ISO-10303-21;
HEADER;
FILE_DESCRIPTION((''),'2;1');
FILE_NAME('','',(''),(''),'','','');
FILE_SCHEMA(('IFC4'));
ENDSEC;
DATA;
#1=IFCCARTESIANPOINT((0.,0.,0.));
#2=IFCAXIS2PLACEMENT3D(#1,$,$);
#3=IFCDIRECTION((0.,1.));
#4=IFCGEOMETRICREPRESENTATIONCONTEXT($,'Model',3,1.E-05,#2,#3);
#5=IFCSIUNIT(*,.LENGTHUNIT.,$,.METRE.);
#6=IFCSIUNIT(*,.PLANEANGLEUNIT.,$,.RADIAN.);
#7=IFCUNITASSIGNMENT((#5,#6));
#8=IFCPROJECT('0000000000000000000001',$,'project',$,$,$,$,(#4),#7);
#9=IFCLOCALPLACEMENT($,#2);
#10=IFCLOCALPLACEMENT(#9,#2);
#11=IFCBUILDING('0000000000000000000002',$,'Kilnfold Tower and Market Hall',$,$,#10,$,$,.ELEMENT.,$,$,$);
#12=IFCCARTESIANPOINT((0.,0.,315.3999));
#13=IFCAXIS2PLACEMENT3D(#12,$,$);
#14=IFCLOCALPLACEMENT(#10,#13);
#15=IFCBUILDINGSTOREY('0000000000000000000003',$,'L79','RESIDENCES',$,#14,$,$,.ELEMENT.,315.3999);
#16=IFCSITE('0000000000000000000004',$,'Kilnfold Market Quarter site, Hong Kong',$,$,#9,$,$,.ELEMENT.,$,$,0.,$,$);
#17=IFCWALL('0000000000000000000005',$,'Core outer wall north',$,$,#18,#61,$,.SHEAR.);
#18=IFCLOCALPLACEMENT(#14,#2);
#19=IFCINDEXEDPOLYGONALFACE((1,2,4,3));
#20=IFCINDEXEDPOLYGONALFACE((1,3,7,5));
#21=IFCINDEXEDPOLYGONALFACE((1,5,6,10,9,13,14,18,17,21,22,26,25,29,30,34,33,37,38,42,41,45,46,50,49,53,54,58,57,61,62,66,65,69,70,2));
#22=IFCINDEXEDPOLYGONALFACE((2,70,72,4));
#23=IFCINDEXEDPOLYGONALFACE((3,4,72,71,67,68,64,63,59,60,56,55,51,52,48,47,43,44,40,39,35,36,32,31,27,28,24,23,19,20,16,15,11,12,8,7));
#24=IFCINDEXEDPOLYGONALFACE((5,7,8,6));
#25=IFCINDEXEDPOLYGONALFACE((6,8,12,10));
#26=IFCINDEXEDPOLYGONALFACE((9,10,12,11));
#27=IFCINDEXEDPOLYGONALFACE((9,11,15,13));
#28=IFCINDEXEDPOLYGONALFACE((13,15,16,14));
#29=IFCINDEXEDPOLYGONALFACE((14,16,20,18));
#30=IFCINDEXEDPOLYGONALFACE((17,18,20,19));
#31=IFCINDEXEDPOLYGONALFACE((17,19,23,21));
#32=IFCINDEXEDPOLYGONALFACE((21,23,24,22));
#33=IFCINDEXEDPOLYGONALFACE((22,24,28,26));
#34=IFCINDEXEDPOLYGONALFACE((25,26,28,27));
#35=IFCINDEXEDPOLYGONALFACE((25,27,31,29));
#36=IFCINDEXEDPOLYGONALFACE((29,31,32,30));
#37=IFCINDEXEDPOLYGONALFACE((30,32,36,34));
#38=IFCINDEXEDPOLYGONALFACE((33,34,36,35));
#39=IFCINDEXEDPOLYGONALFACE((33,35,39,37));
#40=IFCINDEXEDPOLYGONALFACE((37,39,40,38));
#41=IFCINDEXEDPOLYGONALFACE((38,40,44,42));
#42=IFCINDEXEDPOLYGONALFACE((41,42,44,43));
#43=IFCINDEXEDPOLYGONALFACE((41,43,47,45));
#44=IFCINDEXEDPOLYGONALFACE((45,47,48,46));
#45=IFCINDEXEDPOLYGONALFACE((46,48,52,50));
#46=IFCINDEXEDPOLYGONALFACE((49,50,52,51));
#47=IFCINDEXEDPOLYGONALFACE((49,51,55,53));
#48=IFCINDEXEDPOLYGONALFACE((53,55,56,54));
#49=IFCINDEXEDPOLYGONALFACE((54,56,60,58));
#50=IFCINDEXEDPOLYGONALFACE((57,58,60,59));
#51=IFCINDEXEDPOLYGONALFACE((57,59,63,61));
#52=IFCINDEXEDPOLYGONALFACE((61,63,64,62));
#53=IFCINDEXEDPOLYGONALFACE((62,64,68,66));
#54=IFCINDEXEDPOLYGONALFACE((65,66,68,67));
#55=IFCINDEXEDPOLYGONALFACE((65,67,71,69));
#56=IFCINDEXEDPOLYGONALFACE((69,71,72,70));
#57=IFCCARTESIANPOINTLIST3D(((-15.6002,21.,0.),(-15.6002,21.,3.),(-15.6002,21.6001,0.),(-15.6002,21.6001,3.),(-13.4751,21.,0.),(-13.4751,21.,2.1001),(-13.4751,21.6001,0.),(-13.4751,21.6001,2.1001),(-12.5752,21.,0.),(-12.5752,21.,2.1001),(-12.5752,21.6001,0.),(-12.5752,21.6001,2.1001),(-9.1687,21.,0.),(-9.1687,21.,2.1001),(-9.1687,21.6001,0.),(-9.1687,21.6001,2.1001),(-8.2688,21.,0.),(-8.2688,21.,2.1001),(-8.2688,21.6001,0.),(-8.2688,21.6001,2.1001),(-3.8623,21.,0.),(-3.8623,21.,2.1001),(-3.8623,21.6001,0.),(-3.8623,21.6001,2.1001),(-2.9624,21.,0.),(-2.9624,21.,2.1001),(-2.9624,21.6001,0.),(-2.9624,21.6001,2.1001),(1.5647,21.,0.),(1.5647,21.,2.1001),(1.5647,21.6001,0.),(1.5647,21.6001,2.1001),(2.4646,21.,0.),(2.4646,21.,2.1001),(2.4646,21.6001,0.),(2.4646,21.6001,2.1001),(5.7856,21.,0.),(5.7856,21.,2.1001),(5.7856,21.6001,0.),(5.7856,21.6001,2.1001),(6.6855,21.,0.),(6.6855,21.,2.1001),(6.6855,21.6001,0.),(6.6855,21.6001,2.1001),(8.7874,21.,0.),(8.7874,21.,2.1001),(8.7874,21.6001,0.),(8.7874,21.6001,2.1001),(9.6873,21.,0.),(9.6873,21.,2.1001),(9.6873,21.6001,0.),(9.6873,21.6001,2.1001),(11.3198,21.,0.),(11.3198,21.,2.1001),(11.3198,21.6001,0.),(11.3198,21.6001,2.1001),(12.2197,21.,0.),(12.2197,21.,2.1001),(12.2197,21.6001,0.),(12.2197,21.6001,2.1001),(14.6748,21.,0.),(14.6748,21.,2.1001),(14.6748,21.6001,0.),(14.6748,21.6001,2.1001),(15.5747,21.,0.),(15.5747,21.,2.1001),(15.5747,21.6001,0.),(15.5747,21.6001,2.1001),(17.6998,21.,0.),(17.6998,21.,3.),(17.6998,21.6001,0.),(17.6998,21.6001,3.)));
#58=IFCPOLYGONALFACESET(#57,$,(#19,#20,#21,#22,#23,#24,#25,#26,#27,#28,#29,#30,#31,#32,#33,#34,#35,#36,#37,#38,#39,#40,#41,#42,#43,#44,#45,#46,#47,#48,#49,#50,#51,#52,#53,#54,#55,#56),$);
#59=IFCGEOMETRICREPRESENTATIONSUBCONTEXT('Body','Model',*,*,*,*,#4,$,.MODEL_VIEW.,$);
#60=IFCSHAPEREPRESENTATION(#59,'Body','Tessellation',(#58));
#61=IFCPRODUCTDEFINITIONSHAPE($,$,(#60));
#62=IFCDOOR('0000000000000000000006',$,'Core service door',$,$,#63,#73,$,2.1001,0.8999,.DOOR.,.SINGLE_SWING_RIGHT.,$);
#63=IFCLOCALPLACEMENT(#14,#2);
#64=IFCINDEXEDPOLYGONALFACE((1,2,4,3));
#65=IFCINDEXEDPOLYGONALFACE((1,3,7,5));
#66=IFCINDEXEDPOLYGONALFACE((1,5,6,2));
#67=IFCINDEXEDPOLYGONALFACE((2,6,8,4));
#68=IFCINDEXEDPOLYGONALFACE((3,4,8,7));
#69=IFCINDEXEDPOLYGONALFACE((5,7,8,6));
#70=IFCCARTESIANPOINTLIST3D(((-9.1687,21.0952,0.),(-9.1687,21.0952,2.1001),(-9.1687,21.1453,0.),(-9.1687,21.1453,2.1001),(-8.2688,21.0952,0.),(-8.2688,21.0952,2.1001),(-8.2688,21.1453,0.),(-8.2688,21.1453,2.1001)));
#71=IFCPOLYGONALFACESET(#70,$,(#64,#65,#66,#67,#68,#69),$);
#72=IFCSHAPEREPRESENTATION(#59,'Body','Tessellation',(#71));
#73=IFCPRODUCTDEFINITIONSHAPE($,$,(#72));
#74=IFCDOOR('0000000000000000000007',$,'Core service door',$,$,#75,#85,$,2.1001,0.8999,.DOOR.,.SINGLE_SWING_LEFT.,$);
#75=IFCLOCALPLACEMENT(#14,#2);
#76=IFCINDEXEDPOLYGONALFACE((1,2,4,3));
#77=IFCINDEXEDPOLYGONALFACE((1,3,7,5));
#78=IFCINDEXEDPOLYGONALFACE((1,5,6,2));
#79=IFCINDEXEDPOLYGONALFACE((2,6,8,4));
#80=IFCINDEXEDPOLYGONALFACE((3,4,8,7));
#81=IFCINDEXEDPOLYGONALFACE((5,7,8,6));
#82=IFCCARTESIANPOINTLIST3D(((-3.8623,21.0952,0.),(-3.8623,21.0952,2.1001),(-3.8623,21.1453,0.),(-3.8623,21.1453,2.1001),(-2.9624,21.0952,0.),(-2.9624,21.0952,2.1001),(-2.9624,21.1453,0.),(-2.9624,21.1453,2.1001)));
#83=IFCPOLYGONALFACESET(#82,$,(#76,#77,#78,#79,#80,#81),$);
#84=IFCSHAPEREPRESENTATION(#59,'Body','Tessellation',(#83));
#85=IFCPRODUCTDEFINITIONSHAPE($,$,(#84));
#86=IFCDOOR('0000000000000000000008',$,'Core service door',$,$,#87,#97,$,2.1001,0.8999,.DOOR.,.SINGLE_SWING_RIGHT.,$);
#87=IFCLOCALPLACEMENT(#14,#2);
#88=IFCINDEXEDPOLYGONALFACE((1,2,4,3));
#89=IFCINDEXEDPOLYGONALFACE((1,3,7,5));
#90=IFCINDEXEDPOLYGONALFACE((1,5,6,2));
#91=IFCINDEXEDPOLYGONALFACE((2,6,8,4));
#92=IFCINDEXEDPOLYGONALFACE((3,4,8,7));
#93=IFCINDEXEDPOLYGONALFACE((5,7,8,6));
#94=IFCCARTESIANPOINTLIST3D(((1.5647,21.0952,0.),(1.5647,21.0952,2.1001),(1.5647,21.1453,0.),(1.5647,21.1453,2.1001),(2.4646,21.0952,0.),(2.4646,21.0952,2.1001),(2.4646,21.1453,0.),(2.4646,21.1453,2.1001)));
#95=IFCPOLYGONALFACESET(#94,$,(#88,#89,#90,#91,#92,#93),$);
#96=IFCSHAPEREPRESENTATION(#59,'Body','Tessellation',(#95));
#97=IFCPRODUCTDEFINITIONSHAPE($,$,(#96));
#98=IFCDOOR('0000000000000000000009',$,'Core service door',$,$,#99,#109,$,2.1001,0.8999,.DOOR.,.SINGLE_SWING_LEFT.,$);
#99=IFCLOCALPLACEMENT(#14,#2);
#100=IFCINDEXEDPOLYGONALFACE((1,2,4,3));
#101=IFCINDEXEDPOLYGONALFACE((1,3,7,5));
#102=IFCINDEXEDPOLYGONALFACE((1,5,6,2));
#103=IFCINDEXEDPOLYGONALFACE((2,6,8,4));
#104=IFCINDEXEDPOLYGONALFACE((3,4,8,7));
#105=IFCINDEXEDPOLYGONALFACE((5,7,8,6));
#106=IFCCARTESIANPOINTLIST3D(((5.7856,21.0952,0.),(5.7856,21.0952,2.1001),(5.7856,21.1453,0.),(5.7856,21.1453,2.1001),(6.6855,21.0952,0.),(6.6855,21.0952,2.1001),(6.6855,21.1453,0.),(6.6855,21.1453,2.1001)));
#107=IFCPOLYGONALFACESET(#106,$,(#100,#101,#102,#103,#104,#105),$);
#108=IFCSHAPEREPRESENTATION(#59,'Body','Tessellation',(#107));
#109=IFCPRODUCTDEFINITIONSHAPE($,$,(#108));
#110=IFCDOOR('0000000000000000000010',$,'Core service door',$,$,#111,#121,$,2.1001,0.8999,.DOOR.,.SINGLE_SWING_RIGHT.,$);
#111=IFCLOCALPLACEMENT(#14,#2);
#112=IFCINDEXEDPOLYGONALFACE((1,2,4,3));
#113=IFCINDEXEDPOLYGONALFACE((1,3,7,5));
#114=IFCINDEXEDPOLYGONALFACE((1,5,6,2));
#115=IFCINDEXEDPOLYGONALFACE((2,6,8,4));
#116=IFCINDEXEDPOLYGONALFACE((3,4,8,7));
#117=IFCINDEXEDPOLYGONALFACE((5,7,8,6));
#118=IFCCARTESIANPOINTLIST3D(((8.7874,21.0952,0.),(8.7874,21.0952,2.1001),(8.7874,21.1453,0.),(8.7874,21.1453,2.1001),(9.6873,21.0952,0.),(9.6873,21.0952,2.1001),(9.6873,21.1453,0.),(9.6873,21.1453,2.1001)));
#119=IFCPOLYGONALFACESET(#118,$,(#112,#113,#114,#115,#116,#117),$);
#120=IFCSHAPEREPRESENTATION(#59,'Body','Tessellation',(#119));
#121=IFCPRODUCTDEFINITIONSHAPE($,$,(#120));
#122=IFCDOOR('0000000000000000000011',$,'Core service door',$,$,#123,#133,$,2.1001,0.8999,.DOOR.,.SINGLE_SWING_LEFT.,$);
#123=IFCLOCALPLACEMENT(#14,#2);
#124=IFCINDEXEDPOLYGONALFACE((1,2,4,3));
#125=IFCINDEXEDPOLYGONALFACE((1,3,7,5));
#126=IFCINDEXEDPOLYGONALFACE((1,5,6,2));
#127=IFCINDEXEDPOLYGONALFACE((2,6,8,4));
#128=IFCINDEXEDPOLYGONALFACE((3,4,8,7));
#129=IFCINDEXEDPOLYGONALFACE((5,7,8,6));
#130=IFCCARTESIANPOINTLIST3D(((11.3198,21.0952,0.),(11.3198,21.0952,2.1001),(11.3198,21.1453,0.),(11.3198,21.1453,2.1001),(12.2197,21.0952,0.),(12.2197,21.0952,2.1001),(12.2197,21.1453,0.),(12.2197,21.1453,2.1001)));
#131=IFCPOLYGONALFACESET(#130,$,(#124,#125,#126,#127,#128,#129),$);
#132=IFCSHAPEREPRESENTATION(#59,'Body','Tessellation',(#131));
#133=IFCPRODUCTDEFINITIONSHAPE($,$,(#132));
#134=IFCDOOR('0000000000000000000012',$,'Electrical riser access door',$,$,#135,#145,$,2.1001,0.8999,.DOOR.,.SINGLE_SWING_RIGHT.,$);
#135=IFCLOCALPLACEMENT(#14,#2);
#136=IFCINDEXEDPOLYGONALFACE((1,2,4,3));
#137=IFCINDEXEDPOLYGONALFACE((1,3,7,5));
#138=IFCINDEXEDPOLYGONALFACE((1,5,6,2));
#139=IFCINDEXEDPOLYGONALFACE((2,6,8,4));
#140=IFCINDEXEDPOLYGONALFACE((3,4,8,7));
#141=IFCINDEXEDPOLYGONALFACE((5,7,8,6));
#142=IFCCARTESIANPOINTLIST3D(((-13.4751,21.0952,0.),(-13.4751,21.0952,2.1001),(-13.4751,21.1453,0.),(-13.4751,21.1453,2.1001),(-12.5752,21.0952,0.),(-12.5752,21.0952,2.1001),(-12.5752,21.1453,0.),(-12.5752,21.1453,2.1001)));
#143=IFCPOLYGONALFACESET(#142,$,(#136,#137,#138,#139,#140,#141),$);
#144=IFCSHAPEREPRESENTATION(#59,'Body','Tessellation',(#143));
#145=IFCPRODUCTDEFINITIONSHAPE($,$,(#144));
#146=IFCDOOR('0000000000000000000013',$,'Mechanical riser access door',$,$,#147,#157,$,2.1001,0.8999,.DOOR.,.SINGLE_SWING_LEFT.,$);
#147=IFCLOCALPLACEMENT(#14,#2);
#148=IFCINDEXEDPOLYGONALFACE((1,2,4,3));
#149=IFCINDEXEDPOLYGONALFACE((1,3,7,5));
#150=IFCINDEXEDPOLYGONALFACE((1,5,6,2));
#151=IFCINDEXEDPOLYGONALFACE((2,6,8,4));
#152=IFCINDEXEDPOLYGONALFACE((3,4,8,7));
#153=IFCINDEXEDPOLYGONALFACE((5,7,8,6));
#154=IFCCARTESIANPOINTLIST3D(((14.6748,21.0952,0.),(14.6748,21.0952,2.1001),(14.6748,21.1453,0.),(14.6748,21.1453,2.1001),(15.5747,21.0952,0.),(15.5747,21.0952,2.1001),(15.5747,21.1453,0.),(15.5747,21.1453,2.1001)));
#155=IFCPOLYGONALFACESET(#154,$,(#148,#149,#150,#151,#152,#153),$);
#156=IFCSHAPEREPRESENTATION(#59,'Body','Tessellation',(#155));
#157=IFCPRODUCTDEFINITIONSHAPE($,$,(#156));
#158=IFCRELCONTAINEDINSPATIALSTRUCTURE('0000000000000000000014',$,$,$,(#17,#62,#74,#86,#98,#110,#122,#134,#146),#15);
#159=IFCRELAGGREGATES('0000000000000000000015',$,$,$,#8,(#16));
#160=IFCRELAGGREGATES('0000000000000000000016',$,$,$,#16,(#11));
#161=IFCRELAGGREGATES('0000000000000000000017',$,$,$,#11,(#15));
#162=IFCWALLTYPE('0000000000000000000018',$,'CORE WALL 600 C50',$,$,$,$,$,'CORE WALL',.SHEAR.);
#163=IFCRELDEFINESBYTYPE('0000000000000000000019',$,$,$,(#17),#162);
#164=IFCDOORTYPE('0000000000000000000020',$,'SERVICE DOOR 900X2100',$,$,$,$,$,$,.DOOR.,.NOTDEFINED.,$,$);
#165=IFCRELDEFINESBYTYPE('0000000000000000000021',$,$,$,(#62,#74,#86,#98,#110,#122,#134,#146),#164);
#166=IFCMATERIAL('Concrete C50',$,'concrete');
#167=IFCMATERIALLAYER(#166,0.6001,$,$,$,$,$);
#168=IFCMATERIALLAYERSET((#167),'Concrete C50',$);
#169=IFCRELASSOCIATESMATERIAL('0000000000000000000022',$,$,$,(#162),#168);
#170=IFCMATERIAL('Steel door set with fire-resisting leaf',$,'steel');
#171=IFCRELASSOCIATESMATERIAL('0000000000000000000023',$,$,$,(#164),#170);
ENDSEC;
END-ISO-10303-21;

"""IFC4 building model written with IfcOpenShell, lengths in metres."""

from ifc_helpers import new_model, si_unit, direction, frame, frame_2d, origin, place, context, subcontext, project, spatial, rectangle, extrude, source, transform, mapped, material, layer, layer_set, type_object, element, fill, save


model = new_model("IFC4")

# Units and contexts
model_context = context("Model", 3, precision=1e-05, world=origin(), true_north=direction((0.0, 1.0)))
body_context = subcontext(model_context, "Body", "Model", "MODEL_VIEW")
ifc_project = project(units=[si_unit("LENGTHUNIT", "METRE"), si_unit("PLANEANGLEUNIT", "RADIAN")], contexts=[model_context])

# Site, building, storey
site_placement = place(None, origin())
site = spatial("IfcSite", under=ifc_project, at=site_placement, Name="Kilnfold Market Quarter site, Hong Kong", CompositionType="ELEMENT", RefElevation=0.0)
building_placement = place(site_placement, origin())
building = spatial("IfcBuilding", under=site, at=building_placement, Name="Kilnfold Tower and Market Hall", CompositionType="ELEMENT")
storey_placement = place(building_placement, frame((0.0, 0.0, 315.3999)))
storey = spatial("IfcBuildingStorey", under=building, at=storey_placement, Name="L79", Description="RESIDENCES", CompositionType="ELEMENT", Elevation=315.3999)

# Shared definitions
ifc_material_1 = material(Name="Concrete C50", Category="concrete")
ifc_layer_1 = layer(ifc_material_1, 0.6001)
ifc_layer_set_1 = layer_set([ifc_layer_1], Name="Concrete C50")
wall_type_1 = type_object("IfcWallType", Name="CORE WALL 600 C50", ElementType="CORE WALL", PredefinedType="SHEAR", material=ifc_layer_set_1)

# Wall, openings, doors
shared_shape_1 = source(origin(), body_context, "Body", "SweptSolid", [
    extrude(rectangle(XDim=33.3, YDim=0.6001, at=frame_2d((16.6499, 0.0))), origin(), (0.0, 0.0, 1.0), 3.0),
])
wall_1_placement = place(storey_placement, frame((-15.6001, 21.3, 0.0), z_axis=(0.0, 0.0, 1.0), x_axis=(1.0, 0.0, 0.0)))
wall_1 = element("IfcWall", 1, at=wall_1_placement, inside=storey, type_object=wall_type_1, Name="Core outer wall north", PredefinedType="SHEAR", context=body_context, shape_type="MappedRepresentation", body=[
    mapped(shared_shape_1, transform((0.0, 0.0, 0.0))),
])
opening_1_placement = place(wall_1_placement, frame((6.4314, 0.0, 0.0)))
opening_1 = element("IfcOpeningElement", 2, at=opening_1_placement, cuts=wall_1, PredefinedType="OPENING", context=body_context, shape_type="SweptSolid", body=[
    extrude(rectangle(XDim=0.8999, YDim=2.1001, at=frame_2d((0.45, 1.05))), frame((0.0, 0.3101, 0.0), z_axis=(0.0, -1.0, 0.0), x_axis=(1.0, 0.0, 0.0)), (0.0, 0.0, 1.0), 0.6201),
])
opening_2_placement = place(wall_1_placement, frame((11.7378, 0.0, 0.0)))
opening_2 = element("IfcOpeningElement", 3, at=opening_2_placement, cuts=wall_1, PredefinedType="OPENING", context=body_context, shape_type="SweptSolid", body=[
    extrude(rectangle(XDim=0.8999, YDim=2.1001, at=frame_2d((0.45, 1.05))), frame((0.0, 0.3101, 0.0), z_axis=(0.0, -1.0, 0.0), x_axis=(1.0, 0.0, 0.0)), (0.0, 0.0, 1.0), 0.6201),
])
opening_3_placement = place(wall_1_placement, frame((17.1648, 0.0, 0.0)))
opening_3 = element("IfcOpeningElement", 4, at=opening_3_placement, cuts=wall_1, PredefinedType="OPENING", context=body_context, shape_type="SweptSolid", body=[
    extrude(rectangle(XDim=0.8999, YDim=2.1001, at=frame_2d((0.45, 1.05))), frame((0.0, 0.3101, 0.0), z_axis=(0.0, -1.0, 0.0), x_axis=(1.0, 0.0, 0.0)), (0.0, 0.0, 1.0), 0.6201),
])
opening_4_placement = place(wall_1_placement, frame((21.3857, 0.0, 0.0)))
opening_4 = element("IfcOpeningElement", 5, at=opening_4_placement, cuts=wall_1, PredefinedType="OPENING", context=body_context, shape_type="SweptSolid", body=[
    extrude(rectangle(XDim=0.8999, YDim=2.1001, at=frame_2d((0.45, 1.05))), frame((0.0, 0.3101, 0.0), z_axis=(0.0, -1.0, 0.0), x_axis=(1.0, 0.0, 0.0)), (0.0, 0.0, 1.0), 0.6201),
])
opening_5_placement = place(wall_1_placement, frame((24.3875, 0.0, 0.0)))
opening_5 = element("IfcOpeningElement", 6, at=opening_5_placement, cuts=wall_1, PredefinedType="OPENING", context=body_context, shape_type="SweptSolid", body=[
    extrude(rectangle(XDim=0.8999, YDim=2.1001, at=frame_2d((0.45, 1.05))), frame((0.0, 0.3101, 0.0), z_axis=(0.0, -1.0, 0.0), x_axis=(1.0, 0.0, 0.0)), (0.0, 0.0, 1.0), 0.6201),
])
opening_6_placement = place(wall_1_placement, frame((26.9199, 0.0, 0.0)))
opening_6 = element("IfcOpeningElement", 7, at=opening_6_placement, cuts=wall_1, PredefinedType="OPENING", context=body_context, shape_type="SweptSolid", body=[
    extrude(rectangle(XDim=0.8999, YDim=2.1001, at=frame_2d((0.45, 1.05))), frame((0.0, 0.3101, 0.0), z_axis=(0.0, -1.0, 0.0), x_axis=(1.0, 0.0, 0.0)), (0.0, 0.0, 1.0), 0.6201),
])
opening_7_placement = place(wall_1_placement, frame((2.125, 0.0, 0.0)))
opening_7 = element("IfcOpeningElement", 8, at=opening_7_placement, cuts=wall_1, PredefinedType="OPENING", context=body_context, shape_type="SweptSolid", body=[
    extrude(rectangle(XDim=0.8999, YDim=2.1001, at=frame_2d((0.45, 1.05))), frame((0.0, 0.3101, 0.0), z_axis=(0.0, -1.0, 0.0), x_axis=(1.0, 0.0, 0.0)), (0.0, 0.0, 1.0), 0.6201),
])
opening_8_placement = place(wall_1_placement, frame((30.2749, 0.0, 0.0)))
opening_8 = element("IfcOpeningElement", 9, at=opening_8_placement, cuts=wall_1, PredefinedType="OPENING", context=body_context, shape_type="SweptSolid", body=[
    extrude(rectangle(XDim=0.8999, YDim=2.1001, at=frame_2d((0.45, 1.05))), frame((0.0, 0.3101, 0.0), z_axis=(0.0, -1.0, 0.0), x_axis=(1.0, 0.0, 0.0)), (0.0, 0.0, 1.0), 0.6201),
])
ifc_material_2 = material(Name="Steel door set with fire-resisting leaf", Category="steel")
door_type_1 = type_object("IfcDoorType", Name="SERVICE DOOR 900X2100", OperationType="NOTDEFINED", PredefinedType="DOOR", material=ifc_material_2)
door_1_placement = place(opening_1_placement, origin())
door_1 = element("IfcDoor", 10, at=door_1_placement, inside=storey, type_object=door_type_1, Name="Core service door", OperationType="SINGLE_SWING_RIGHT", OverallHeight=2.1001, OverallWidth=0.8999, PredefinedType="DOOR", context=body_context, shape_type="SweptSolid", body=[
    extrude(rectangle(XDim=0.8999, YDim=2.1001, at=frame_2d((0.45, 1.05))), frame((0.0, -0.1548, 0.0), z_axis=(0.0, -1.0, 0.0), x_axis=(1.0, 0.0, 0.0)), (0.0, 0.0, 1.0), 0.05),
])
fill(opening_1, door_1)
door_2_placement = place(opening_2_placement, origin())
door_2 = element("IfcDoor", 11, at=door_2_placement, inside=storey, type_object=door_type_1, Name="Core service door", OperationType="SINGLE_SWING_LEFT", OverallHeight=2.1001, OverallWidth=0.8999, PredefinedType="DOOR", context=body_context, shape_type="SweptSolid", body=[
    extrude(rectangle(XDim=0.8999, YDim=2.1001, at=frame_2d((0.45, 1.05))), frame((0.0, -0.1548, 0.0), z_axis=(0.0, -1.0, 0.0), x_axis=(1.0, 0.0, 0.0)), (0.0, 0.0, 1.0), 0.05),
])
fill(opening_2, door_2)
door_3_placement = place(opening_3_placement, origin())
door_3 = element("IfcDoor", 12, at=door_3_placement, inside=storey, type_object=door_type_1, Name="Core service door", OperationType="SINGLE_SWING_RIGHT", OverallHeight=2.1001, OverallWidth=0.8999, PredefinedType="DOOR", context=body_context, shape_type="SweptSolid", body=[
    extrude(rectangle(XDim=0.8999, YDim=2.1001, at=frame_2d((0.45, 1.05))), frame((0.0, -0.1548, 0.0), z_axis=(0.0, -1.0, 0.0), x_axis=(1.0, 0.0, 0.0)), (0.0, 0.0, 1.0), 0.05),
])
fill(opening_3, door_3)
door_4_placement = place(opening_4_placement, origin())
door_4 = element("IfcDoor", 13, at=door_4_placement, inside=storey, type_object=door_type_1, Name="Core service door", OperationType="SINGLE_SWING_LEFT", OverallHeight=2.1001, OverallWidth=0.8999, PredefinedType="DOOR", context=body_context, shape_type="SweptSolid", body=[
    extrude(rectangle(XDim=0.8999, YDim=2.1001, at=frame_2d((0.45, 1.05))), frame((0.0, -0.1548, 0.0), z_axis=(0.0, -1.0, 0.0), x_axis=(1.0, 0.0, 0.0)), (0.0, 0.0, 1.0), 0.05),
])
fill(opening_4, door_4)
door_5_placement = place(opening_5_placement, origin())
door_5 = element("IfcDoor", 14, at=door_5_placement, inside=storey, type_object=door_type_1, Name="Core service door", OperationType="SINGLE_SWING_RIGHT", OverallHeight=2.1001, OverallWidth=0.8999, PredefinedType="DOOR", context=body_context, shape_type="SweptSolid", body=[
    extrude(rectangle(XDim=0.8999, YDim=2.1001, at=frame_2d((0.45, 1.05))), frame((0.0, -0.1548, 0.0), z_axis=(0.0, -1.0, 0.0), x_axis=(1.0, 0.0, 0.0)), (0.0, 0.0, 1.0), 0.05),
])
fill(opening_5, door_5)
door_6_placement = place(opening_6_placement, origin())
door_6 = element("IfcDoor", 15, at=door_6_placement, inside=storey, type_object=door_type_1, Name="Core service door", OperationType="SINGLE_SWING_LEFT", OverallHeight=2.1001, OverallWidth=0.8999, PredefinedType="DOOR", context=body_context, shape_type="SweptSolid", body=[
    extrude(rectangle(XDim=0.8999, YDim=2.1001, at=frame_2d((0.45, 1.05))), frame((0.0, -0.1548, 0.0), z_axis=(0.0, -1.0, 0.0), x_axis=(1.0, 0.0, 0.0)), (0.0, 0.0, 1.0), 0.05),
])
fill(opening_6, door_6)
door_7_placement = place(opening_7_placement, origin())
door_7 = element("IfcDoor", 16, at=door_7_placement, inside=storey, type_object=door_type_1, Name="Electrical riser access door", OperationType="SINGLE_SWING_RIGHT", OverallHeight=2.1001, OverallWidth=0.8999, PredefinedType="DOOR", context=body_context, shape_type="SweptSolid", body=[
    extrude(rectangle(XDim=0.8999, YDim=2.1001, at=frame_2d((0.45, 1.05))), frame((0.0, -0.1548, 0.0), z_axis=(0.0, -1.0, 0.0), x_axis=(1.0, 0.0, 0.0)), (0.0, 0.0, 1.0), 0.05),
])
fill(opening_7, door_7)
door_8_placement = place(opening_8_placement, origin())
door_8 = element("IfcDoor", 17, at=door_8_placement, inside=storey, type_object=door_type_1, Name="Mechanical riser access door", OperationType="SINGLE_SWING_LEFT", OverallHeight=2.1001, OverallWidth=0.8999, PredefinedType="DOOR", context=body_context, shape_type="SweptSolid", body=[
    extrude(rectangle(XDim=0.8999, YDim=2.1001, at=frame_2d((0.45, 1.05))), frame((0.0, -0.1548, 0.0), z_axis=(0.0, -1.0, 0.0), x_axis=(1.0, 0.0, 0.0)), (0.0, 0.0, 1.0), 0.05),
])
fill(opening_8, door_8)

save(model, "model.ifc")
